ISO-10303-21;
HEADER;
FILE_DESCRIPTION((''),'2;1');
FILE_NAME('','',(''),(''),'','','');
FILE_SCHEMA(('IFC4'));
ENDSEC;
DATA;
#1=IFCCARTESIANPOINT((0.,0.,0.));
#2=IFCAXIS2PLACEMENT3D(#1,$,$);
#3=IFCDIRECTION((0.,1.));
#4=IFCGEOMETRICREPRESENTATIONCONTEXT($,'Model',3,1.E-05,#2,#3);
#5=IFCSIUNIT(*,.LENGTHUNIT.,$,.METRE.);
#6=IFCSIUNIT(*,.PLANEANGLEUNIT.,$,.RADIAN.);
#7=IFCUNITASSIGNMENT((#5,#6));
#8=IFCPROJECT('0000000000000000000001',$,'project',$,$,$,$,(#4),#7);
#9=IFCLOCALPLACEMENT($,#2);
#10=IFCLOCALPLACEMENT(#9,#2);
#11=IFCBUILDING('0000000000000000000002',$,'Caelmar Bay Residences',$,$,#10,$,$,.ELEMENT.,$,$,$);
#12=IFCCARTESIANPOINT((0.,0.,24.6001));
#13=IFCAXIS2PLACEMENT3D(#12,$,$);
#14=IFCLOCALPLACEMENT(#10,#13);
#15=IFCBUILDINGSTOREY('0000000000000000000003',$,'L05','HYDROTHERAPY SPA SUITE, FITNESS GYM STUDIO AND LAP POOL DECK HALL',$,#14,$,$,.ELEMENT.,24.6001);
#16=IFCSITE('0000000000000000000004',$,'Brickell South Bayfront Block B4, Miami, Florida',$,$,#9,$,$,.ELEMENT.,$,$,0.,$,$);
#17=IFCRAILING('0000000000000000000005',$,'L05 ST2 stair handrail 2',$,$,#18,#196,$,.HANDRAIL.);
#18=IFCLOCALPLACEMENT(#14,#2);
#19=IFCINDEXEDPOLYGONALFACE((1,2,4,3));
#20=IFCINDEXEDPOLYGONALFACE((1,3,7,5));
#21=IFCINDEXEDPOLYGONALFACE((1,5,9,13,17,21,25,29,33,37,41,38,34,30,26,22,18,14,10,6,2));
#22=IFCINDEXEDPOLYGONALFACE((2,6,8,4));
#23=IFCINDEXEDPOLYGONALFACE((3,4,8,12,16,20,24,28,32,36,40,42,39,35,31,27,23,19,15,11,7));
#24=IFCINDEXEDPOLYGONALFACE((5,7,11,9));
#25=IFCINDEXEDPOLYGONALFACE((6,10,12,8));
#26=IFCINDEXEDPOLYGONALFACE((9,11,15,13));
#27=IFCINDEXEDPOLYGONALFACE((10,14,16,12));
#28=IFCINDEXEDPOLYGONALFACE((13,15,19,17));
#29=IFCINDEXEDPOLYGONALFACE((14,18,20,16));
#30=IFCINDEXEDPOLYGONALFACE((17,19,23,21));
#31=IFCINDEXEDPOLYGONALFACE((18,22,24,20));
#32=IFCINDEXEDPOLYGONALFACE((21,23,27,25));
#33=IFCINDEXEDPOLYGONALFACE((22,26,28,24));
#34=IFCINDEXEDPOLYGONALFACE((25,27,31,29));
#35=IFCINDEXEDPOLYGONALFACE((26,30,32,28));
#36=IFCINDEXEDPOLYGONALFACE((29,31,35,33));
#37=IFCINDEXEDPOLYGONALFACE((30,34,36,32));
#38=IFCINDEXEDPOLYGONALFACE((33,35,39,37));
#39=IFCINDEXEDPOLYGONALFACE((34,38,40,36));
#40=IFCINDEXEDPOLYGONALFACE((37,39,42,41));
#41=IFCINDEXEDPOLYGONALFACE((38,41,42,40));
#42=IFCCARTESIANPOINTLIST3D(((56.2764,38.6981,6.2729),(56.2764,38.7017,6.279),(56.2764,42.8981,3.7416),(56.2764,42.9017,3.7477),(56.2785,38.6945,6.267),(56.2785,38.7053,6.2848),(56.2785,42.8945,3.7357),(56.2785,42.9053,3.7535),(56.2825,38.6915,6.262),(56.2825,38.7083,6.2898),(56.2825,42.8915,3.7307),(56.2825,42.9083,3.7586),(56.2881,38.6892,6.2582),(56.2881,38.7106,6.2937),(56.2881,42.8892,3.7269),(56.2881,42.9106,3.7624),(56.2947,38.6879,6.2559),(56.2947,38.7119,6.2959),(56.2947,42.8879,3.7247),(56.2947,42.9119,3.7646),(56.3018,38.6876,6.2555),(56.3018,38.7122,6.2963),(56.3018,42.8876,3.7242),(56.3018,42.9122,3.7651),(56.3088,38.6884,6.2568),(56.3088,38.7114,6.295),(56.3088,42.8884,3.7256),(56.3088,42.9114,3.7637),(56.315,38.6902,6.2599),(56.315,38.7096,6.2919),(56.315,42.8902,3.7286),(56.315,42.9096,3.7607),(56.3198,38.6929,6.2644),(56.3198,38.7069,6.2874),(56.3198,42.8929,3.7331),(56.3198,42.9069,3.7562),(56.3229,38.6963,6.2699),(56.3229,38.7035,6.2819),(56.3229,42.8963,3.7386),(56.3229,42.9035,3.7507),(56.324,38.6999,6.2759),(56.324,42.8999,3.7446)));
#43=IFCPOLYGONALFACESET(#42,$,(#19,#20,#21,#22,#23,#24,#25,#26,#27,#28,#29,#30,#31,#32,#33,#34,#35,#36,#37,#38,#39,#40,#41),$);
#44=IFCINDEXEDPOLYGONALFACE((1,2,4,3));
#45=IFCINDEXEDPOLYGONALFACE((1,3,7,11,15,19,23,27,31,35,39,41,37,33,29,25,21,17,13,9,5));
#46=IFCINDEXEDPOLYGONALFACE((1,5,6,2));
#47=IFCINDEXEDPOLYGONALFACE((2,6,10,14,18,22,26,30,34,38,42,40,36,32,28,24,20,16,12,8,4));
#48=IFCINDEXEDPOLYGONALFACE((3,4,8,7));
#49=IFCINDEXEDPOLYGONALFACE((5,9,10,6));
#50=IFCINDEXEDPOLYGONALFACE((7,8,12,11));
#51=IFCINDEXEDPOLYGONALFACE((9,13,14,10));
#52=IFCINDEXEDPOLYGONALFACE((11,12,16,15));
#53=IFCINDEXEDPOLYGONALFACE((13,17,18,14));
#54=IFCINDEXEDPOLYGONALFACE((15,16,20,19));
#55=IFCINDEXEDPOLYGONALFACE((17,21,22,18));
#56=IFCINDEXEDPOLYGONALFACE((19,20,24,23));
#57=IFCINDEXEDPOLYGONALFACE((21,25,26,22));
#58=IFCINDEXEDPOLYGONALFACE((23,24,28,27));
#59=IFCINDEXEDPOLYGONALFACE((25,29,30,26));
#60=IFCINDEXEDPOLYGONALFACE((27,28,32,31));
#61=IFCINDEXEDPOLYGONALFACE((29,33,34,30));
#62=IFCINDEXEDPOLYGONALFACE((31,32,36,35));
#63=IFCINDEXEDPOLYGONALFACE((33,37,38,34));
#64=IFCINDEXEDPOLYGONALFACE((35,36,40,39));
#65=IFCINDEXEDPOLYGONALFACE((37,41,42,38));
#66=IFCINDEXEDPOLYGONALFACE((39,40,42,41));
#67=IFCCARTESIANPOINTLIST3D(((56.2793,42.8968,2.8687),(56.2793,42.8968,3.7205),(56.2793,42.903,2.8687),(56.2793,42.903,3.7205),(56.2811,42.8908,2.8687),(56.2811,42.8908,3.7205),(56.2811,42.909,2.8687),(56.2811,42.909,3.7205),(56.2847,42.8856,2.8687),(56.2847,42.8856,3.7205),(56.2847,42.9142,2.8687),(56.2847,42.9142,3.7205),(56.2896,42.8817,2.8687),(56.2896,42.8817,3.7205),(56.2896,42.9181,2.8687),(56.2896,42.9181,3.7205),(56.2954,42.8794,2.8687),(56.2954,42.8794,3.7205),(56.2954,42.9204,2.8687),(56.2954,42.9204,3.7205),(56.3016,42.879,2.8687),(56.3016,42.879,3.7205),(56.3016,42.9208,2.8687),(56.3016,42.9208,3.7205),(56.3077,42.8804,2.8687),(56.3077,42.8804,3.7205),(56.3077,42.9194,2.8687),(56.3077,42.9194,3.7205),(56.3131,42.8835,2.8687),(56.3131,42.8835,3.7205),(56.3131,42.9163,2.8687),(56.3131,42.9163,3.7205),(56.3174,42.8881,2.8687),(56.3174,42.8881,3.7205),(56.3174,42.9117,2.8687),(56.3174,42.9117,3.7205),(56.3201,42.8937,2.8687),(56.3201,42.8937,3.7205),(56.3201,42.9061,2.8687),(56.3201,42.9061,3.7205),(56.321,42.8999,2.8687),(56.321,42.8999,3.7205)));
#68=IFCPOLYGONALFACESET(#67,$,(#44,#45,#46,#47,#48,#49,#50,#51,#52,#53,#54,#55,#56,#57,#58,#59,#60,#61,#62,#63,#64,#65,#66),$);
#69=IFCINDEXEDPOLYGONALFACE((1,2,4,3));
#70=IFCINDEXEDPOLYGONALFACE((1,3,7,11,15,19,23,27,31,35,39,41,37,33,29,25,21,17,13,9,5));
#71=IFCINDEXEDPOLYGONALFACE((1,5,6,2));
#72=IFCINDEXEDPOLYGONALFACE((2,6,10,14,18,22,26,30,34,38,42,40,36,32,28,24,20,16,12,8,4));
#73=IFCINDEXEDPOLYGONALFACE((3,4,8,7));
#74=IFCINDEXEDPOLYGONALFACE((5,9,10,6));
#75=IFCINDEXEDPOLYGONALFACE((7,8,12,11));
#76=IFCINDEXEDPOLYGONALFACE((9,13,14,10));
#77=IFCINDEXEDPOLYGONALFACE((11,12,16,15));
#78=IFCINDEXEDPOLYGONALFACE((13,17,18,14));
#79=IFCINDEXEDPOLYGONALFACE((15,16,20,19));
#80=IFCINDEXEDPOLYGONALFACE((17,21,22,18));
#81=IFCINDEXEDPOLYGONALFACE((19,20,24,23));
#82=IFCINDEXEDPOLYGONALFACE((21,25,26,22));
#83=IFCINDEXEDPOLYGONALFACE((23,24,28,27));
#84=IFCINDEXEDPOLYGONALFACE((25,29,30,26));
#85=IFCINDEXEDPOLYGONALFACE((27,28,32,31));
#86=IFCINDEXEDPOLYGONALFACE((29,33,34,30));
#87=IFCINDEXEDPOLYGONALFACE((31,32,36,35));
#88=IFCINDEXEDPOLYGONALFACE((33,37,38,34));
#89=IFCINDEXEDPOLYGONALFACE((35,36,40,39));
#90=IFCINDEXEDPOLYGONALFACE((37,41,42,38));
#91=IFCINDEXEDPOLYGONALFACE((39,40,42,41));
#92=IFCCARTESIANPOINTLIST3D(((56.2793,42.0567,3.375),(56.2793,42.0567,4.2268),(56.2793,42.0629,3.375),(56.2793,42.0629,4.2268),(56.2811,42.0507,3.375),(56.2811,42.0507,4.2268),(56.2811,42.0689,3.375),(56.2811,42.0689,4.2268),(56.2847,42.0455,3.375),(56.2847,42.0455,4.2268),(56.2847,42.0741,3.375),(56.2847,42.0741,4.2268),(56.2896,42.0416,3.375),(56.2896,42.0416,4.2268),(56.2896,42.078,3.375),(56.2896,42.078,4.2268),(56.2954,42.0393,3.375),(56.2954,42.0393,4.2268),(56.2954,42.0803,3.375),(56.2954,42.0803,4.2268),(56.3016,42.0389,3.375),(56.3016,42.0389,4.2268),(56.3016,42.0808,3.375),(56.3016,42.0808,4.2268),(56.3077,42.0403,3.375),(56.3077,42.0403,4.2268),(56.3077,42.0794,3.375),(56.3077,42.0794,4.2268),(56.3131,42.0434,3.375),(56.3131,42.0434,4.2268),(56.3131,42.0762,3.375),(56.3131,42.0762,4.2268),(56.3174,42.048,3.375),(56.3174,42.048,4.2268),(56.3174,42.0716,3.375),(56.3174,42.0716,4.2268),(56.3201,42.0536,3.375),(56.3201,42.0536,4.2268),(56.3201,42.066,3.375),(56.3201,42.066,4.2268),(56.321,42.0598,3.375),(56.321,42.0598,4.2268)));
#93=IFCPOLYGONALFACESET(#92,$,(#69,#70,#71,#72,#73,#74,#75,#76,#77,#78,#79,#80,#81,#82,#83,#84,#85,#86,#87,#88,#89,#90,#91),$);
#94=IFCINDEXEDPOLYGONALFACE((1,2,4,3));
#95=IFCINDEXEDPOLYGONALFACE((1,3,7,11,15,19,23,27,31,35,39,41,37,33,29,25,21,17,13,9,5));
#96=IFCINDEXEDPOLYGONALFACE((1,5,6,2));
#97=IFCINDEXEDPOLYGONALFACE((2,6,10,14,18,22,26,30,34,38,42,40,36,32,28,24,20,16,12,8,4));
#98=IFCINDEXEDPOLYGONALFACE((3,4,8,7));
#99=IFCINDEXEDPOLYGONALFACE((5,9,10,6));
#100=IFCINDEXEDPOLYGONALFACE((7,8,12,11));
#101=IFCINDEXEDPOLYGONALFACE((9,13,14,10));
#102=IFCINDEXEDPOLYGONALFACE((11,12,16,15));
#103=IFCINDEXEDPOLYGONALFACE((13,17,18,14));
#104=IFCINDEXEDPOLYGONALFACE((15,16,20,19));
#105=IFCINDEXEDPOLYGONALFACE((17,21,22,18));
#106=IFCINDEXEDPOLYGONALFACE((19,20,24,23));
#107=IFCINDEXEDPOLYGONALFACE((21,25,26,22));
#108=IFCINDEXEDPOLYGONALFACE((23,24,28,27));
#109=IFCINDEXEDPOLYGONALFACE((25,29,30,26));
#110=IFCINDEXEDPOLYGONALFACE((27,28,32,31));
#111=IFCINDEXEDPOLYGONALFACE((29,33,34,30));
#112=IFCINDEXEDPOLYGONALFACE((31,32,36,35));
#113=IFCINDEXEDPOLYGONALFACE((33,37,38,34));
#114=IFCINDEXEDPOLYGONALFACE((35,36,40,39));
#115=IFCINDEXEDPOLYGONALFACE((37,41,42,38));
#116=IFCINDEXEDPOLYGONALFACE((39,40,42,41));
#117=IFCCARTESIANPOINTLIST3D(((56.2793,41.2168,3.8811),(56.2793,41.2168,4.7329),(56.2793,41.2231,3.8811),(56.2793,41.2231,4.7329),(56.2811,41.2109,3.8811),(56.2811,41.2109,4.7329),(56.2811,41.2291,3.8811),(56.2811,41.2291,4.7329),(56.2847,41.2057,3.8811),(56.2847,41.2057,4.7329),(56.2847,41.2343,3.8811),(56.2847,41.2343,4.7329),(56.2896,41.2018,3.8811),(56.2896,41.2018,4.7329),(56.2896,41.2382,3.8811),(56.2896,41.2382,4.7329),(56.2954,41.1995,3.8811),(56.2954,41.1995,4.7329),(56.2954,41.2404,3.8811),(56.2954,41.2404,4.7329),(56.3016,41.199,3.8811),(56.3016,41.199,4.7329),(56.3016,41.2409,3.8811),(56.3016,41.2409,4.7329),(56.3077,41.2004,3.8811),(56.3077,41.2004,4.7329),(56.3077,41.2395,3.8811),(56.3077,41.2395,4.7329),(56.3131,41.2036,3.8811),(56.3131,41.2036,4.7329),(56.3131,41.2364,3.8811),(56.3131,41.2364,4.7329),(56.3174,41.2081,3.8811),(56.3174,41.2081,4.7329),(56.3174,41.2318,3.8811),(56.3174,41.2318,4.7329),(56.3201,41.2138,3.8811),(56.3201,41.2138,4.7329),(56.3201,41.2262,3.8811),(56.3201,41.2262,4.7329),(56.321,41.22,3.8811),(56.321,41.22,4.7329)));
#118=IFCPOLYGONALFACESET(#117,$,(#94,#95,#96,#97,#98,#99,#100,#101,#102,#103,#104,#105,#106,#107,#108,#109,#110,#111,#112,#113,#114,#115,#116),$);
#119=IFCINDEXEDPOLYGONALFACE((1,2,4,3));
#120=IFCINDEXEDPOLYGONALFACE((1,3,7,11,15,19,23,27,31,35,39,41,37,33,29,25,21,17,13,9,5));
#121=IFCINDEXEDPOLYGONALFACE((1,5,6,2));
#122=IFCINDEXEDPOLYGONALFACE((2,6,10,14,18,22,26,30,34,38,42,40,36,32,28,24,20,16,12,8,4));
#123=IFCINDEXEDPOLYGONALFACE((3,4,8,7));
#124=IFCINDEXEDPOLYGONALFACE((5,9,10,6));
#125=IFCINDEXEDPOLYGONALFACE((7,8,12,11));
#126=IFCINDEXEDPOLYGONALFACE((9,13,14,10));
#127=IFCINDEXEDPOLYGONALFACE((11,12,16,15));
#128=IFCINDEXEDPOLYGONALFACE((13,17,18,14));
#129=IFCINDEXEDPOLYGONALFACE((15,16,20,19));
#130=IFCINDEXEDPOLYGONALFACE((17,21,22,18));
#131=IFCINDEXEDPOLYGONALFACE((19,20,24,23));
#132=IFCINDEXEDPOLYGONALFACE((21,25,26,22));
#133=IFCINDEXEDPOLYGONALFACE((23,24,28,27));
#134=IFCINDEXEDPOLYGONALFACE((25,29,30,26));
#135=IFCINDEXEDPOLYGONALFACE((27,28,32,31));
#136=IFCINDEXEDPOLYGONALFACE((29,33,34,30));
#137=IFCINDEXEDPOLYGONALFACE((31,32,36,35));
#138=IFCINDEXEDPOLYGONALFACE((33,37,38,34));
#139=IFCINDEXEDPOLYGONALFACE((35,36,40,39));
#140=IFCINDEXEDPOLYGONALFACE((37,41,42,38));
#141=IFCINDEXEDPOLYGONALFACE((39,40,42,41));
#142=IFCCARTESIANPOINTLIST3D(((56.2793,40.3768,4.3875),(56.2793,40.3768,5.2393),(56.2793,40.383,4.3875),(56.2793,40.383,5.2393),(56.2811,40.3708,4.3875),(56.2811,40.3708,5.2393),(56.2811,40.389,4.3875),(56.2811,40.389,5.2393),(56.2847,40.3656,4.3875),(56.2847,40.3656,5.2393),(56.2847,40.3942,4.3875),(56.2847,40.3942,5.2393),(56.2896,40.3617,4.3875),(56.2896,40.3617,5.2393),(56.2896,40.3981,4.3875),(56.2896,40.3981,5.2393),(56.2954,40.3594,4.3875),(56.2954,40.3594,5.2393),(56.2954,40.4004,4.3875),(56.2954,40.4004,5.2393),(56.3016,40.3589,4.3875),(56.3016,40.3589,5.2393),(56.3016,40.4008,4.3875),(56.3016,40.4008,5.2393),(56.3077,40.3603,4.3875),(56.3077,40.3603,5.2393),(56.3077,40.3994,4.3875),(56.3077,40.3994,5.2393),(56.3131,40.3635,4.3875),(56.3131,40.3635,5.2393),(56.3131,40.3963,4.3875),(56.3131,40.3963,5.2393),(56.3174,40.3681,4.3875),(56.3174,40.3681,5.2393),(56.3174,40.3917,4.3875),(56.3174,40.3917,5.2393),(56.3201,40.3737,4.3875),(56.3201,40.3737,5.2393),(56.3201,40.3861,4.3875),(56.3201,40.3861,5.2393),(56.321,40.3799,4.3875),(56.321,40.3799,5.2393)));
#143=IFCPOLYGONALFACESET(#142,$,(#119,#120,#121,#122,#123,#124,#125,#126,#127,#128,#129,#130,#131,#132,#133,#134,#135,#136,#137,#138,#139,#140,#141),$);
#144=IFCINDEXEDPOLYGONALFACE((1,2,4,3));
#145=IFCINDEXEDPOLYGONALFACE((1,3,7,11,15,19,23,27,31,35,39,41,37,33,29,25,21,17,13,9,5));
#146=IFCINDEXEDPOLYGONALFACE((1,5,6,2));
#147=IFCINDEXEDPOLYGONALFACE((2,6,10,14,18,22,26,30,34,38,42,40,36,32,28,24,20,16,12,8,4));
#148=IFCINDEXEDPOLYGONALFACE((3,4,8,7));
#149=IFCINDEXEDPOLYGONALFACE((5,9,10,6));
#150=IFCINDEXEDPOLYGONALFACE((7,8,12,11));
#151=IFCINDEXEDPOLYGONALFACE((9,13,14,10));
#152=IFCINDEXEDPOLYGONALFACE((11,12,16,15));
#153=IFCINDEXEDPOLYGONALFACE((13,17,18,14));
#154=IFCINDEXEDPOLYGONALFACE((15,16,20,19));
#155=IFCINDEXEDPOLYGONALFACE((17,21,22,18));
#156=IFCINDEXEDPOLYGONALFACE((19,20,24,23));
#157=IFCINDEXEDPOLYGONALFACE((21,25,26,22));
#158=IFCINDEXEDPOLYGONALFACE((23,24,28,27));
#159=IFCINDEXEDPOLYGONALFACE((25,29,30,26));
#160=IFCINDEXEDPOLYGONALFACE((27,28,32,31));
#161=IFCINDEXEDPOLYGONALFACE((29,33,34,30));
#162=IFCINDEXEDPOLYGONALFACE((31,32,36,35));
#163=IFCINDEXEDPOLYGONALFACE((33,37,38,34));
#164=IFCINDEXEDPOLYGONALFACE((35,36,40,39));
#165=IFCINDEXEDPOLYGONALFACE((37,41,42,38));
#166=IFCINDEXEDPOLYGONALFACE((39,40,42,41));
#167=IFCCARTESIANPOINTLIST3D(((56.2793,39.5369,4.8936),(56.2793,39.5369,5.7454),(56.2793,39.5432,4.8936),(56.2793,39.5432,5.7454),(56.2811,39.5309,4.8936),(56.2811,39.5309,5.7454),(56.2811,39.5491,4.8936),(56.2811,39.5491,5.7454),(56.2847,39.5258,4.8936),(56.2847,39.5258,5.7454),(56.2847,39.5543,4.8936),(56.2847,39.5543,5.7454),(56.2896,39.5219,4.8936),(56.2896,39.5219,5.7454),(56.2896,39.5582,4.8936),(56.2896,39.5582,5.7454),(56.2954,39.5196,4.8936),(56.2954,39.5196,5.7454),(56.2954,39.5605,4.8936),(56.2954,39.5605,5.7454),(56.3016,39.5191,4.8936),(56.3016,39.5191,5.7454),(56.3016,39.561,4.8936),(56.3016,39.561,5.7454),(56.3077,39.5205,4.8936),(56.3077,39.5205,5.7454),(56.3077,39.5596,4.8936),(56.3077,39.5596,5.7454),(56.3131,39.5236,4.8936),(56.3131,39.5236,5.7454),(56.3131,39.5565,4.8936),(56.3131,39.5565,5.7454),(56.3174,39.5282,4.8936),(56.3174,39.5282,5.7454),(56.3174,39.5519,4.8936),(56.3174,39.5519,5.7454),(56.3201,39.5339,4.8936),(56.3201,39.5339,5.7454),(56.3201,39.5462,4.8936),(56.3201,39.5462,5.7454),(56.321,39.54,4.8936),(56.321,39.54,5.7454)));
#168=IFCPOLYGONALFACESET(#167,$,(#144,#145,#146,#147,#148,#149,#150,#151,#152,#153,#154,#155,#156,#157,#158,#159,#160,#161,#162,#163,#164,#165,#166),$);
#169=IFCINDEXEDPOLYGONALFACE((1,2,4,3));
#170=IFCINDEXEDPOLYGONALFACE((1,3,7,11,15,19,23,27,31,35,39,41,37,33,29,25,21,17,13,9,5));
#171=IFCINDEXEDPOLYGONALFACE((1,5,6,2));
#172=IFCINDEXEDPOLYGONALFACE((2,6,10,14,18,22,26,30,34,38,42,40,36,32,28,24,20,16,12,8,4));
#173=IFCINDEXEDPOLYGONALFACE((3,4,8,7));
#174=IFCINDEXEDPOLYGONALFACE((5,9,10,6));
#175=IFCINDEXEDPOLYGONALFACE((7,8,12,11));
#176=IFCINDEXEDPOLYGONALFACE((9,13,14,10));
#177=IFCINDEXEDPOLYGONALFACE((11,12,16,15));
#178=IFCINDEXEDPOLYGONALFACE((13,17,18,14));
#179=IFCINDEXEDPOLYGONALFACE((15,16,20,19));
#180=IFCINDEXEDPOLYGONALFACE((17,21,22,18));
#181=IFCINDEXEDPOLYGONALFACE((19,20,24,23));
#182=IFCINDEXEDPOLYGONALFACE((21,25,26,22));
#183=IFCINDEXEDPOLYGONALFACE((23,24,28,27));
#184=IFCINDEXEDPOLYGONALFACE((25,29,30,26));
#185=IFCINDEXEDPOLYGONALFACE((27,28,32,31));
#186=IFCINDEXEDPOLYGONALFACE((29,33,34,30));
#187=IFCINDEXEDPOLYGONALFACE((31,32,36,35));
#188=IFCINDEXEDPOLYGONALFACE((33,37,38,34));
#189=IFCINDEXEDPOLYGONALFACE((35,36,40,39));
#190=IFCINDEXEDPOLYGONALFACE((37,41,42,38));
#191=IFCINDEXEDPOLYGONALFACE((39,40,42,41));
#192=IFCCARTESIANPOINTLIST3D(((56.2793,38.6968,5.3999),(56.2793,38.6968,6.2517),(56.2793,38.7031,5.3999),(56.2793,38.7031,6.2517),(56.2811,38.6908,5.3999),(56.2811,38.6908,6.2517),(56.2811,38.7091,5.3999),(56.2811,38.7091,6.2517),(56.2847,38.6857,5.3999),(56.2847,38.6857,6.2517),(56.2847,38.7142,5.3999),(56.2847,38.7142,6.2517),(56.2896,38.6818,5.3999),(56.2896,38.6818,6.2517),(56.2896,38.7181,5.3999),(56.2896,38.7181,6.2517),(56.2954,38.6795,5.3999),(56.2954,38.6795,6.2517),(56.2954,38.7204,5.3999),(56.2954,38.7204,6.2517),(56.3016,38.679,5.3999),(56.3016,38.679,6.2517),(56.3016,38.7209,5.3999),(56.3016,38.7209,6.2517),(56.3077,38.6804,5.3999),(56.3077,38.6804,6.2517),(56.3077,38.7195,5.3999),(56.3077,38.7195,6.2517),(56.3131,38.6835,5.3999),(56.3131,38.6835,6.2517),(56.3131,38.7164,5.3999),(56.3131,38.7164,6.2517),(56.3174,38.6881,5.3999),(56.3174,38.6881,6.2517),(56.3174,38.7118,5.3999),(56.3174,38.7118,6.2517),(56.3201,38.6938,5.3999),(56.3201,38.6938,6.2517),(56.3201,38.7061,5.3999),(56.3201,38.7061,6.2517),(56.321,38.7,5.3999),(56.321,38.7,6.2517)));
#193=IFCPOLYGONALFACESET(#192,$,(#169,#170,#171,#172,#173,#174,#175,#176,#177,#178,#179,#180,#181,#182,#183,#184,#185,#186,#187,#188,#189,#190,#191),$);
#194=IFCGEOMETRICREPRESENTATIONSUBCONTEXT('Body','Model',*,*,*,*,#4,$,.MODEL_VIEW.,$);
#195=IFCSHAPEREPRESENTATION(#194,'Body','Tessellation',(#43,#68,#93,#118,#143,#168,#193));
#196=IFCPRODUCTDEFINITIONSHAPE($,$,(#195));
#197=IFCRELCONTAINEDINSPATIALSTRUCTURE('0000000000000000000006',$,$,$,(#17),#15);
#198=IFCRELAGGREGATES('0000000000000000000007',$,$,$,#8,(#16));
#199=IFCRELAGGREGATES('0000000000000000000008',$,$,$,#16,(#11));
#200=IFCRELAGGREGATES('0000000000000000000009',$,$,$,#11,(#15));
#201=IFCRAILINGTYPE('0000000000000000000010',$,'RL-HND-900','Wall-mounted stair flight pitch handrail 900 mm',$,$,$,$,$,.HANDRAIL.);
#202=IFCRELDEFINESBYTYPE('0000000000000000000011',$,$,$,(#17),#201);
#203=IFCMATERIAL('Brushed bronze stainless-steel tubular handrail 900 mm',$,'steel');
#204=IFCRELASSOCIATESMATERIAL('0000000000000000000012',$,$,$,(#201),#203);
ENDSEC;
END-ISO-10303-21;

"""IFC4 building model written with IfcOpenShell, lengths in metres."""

from ifc_helpers import new_model, si_unit, direction, frame, origin, origin_2d, place, context, subcontext, project, spatial, circle, extrude, material, type_object, element, save


model = new_model("IFC4")

# Units and contexts
model_context = context("Model", 3, precision=1e-05, world=origin(), true_north=direction((0.0, 1.0)))
body_context = subcontext(model_context, "Body", "Model", "MODEL_VIEW")
ifc_project = project(units=[si_unit("LENGTHUNIT", "METRE"), si_unit("PLANEANGLEUNIT", "RADIAN")], contexts=[model_context])

# Site, building, storey
site_placement = place(None, origin())
site = spatial("IfcSite", under=ifc_project, at=site_placement, Name="Brickell South Bayfront Block B4, Miami, Florida", CompositionType="ELEMENT", RefElevation=0.0)
building_placement = place(site_placement, origin())
building = spatial("IfcBuilding", under=site, at=building_placement, Name="Caelmar Bay Residences", CompositionType="ELEMENT")
storey_placement = place(building_placement, frame((0.0, 0.0, 24.6001)))
storey = spatial("IfcBuildingStorey", under=building, at=storey_placement, Name="L05", Description="HYDROTHERAPY SPA SUITE, FITNESS GYM STUDIO AND LAP POOL DECK HALL", CompositionType="ELEMENT", Elevation=24.6001)

# Railing
ifc_material_1 = material(Name="Brushed bronze stainless-steel tubular handrail 900 mm", Category="steel")
railing_type_1 = type_object("IfcRailingType", Name="RL-HND-900", Description="Wall-mounted stair flight pitch handrail 900 mm", PredefinedType="HANDRAIL", material=ifc_material_1)
railing_1_placement = place(storey_placement, frame((56.3, 42.8999, 2.8687)))
element("IfcRailing", 1, at=railing_1_placement, inside=storey, type_object=railing_type_1, Name="L05 ST2 stair handrail 2", PredefinedType="HANDRAIL", context=body_context, shape_type="SweptSolid", body=[
    extrude(circle(Radius=0.0239, at=origin_2d()), frame((0.0, 0.0, 0.876), z_axis=(0.0, -0.856476, 0.516186), x_axis=(1.0, 0.0, 0.0)), (0.0, 0.0, 1.0), 4.9038),
    extrude(circle(Radius=0.021, at=origin_2d()), origin(), (0.0, 0.0, 1.0), 0.8518),
    extrude(circle(Radius=0.021, at=origin_2d()), frame((0.0, -0.8401, 0.5063)), (0.0, 0.0, 1.0), 0.8518),
    extrude(circle(Radius=0.021, at=origin_2d()), frame((0.0, -1.6799, 1.0125)), (0.0, 0.0, 1.0), 0.8518),
    extrude(circle(Radius=0.021, at=origin_2d()), frame((0.0, -2.52, 1.5188)), (0.0, 0.0, 1.0), 0.8518),
    extrude(circle(Radius=0.021, at=origin_2d()), frame((0.0, -3.3599, 2.0249)), (0.0, 0.0, 1.0), 0.8518),
    extrude(circle(Radius=0.021, at=origin_2d()), frame((0.0, -4.2, 2.5312)), (0.0, 0.0, 1.0), 0.8518),
])

save(model, "model.ifc")
